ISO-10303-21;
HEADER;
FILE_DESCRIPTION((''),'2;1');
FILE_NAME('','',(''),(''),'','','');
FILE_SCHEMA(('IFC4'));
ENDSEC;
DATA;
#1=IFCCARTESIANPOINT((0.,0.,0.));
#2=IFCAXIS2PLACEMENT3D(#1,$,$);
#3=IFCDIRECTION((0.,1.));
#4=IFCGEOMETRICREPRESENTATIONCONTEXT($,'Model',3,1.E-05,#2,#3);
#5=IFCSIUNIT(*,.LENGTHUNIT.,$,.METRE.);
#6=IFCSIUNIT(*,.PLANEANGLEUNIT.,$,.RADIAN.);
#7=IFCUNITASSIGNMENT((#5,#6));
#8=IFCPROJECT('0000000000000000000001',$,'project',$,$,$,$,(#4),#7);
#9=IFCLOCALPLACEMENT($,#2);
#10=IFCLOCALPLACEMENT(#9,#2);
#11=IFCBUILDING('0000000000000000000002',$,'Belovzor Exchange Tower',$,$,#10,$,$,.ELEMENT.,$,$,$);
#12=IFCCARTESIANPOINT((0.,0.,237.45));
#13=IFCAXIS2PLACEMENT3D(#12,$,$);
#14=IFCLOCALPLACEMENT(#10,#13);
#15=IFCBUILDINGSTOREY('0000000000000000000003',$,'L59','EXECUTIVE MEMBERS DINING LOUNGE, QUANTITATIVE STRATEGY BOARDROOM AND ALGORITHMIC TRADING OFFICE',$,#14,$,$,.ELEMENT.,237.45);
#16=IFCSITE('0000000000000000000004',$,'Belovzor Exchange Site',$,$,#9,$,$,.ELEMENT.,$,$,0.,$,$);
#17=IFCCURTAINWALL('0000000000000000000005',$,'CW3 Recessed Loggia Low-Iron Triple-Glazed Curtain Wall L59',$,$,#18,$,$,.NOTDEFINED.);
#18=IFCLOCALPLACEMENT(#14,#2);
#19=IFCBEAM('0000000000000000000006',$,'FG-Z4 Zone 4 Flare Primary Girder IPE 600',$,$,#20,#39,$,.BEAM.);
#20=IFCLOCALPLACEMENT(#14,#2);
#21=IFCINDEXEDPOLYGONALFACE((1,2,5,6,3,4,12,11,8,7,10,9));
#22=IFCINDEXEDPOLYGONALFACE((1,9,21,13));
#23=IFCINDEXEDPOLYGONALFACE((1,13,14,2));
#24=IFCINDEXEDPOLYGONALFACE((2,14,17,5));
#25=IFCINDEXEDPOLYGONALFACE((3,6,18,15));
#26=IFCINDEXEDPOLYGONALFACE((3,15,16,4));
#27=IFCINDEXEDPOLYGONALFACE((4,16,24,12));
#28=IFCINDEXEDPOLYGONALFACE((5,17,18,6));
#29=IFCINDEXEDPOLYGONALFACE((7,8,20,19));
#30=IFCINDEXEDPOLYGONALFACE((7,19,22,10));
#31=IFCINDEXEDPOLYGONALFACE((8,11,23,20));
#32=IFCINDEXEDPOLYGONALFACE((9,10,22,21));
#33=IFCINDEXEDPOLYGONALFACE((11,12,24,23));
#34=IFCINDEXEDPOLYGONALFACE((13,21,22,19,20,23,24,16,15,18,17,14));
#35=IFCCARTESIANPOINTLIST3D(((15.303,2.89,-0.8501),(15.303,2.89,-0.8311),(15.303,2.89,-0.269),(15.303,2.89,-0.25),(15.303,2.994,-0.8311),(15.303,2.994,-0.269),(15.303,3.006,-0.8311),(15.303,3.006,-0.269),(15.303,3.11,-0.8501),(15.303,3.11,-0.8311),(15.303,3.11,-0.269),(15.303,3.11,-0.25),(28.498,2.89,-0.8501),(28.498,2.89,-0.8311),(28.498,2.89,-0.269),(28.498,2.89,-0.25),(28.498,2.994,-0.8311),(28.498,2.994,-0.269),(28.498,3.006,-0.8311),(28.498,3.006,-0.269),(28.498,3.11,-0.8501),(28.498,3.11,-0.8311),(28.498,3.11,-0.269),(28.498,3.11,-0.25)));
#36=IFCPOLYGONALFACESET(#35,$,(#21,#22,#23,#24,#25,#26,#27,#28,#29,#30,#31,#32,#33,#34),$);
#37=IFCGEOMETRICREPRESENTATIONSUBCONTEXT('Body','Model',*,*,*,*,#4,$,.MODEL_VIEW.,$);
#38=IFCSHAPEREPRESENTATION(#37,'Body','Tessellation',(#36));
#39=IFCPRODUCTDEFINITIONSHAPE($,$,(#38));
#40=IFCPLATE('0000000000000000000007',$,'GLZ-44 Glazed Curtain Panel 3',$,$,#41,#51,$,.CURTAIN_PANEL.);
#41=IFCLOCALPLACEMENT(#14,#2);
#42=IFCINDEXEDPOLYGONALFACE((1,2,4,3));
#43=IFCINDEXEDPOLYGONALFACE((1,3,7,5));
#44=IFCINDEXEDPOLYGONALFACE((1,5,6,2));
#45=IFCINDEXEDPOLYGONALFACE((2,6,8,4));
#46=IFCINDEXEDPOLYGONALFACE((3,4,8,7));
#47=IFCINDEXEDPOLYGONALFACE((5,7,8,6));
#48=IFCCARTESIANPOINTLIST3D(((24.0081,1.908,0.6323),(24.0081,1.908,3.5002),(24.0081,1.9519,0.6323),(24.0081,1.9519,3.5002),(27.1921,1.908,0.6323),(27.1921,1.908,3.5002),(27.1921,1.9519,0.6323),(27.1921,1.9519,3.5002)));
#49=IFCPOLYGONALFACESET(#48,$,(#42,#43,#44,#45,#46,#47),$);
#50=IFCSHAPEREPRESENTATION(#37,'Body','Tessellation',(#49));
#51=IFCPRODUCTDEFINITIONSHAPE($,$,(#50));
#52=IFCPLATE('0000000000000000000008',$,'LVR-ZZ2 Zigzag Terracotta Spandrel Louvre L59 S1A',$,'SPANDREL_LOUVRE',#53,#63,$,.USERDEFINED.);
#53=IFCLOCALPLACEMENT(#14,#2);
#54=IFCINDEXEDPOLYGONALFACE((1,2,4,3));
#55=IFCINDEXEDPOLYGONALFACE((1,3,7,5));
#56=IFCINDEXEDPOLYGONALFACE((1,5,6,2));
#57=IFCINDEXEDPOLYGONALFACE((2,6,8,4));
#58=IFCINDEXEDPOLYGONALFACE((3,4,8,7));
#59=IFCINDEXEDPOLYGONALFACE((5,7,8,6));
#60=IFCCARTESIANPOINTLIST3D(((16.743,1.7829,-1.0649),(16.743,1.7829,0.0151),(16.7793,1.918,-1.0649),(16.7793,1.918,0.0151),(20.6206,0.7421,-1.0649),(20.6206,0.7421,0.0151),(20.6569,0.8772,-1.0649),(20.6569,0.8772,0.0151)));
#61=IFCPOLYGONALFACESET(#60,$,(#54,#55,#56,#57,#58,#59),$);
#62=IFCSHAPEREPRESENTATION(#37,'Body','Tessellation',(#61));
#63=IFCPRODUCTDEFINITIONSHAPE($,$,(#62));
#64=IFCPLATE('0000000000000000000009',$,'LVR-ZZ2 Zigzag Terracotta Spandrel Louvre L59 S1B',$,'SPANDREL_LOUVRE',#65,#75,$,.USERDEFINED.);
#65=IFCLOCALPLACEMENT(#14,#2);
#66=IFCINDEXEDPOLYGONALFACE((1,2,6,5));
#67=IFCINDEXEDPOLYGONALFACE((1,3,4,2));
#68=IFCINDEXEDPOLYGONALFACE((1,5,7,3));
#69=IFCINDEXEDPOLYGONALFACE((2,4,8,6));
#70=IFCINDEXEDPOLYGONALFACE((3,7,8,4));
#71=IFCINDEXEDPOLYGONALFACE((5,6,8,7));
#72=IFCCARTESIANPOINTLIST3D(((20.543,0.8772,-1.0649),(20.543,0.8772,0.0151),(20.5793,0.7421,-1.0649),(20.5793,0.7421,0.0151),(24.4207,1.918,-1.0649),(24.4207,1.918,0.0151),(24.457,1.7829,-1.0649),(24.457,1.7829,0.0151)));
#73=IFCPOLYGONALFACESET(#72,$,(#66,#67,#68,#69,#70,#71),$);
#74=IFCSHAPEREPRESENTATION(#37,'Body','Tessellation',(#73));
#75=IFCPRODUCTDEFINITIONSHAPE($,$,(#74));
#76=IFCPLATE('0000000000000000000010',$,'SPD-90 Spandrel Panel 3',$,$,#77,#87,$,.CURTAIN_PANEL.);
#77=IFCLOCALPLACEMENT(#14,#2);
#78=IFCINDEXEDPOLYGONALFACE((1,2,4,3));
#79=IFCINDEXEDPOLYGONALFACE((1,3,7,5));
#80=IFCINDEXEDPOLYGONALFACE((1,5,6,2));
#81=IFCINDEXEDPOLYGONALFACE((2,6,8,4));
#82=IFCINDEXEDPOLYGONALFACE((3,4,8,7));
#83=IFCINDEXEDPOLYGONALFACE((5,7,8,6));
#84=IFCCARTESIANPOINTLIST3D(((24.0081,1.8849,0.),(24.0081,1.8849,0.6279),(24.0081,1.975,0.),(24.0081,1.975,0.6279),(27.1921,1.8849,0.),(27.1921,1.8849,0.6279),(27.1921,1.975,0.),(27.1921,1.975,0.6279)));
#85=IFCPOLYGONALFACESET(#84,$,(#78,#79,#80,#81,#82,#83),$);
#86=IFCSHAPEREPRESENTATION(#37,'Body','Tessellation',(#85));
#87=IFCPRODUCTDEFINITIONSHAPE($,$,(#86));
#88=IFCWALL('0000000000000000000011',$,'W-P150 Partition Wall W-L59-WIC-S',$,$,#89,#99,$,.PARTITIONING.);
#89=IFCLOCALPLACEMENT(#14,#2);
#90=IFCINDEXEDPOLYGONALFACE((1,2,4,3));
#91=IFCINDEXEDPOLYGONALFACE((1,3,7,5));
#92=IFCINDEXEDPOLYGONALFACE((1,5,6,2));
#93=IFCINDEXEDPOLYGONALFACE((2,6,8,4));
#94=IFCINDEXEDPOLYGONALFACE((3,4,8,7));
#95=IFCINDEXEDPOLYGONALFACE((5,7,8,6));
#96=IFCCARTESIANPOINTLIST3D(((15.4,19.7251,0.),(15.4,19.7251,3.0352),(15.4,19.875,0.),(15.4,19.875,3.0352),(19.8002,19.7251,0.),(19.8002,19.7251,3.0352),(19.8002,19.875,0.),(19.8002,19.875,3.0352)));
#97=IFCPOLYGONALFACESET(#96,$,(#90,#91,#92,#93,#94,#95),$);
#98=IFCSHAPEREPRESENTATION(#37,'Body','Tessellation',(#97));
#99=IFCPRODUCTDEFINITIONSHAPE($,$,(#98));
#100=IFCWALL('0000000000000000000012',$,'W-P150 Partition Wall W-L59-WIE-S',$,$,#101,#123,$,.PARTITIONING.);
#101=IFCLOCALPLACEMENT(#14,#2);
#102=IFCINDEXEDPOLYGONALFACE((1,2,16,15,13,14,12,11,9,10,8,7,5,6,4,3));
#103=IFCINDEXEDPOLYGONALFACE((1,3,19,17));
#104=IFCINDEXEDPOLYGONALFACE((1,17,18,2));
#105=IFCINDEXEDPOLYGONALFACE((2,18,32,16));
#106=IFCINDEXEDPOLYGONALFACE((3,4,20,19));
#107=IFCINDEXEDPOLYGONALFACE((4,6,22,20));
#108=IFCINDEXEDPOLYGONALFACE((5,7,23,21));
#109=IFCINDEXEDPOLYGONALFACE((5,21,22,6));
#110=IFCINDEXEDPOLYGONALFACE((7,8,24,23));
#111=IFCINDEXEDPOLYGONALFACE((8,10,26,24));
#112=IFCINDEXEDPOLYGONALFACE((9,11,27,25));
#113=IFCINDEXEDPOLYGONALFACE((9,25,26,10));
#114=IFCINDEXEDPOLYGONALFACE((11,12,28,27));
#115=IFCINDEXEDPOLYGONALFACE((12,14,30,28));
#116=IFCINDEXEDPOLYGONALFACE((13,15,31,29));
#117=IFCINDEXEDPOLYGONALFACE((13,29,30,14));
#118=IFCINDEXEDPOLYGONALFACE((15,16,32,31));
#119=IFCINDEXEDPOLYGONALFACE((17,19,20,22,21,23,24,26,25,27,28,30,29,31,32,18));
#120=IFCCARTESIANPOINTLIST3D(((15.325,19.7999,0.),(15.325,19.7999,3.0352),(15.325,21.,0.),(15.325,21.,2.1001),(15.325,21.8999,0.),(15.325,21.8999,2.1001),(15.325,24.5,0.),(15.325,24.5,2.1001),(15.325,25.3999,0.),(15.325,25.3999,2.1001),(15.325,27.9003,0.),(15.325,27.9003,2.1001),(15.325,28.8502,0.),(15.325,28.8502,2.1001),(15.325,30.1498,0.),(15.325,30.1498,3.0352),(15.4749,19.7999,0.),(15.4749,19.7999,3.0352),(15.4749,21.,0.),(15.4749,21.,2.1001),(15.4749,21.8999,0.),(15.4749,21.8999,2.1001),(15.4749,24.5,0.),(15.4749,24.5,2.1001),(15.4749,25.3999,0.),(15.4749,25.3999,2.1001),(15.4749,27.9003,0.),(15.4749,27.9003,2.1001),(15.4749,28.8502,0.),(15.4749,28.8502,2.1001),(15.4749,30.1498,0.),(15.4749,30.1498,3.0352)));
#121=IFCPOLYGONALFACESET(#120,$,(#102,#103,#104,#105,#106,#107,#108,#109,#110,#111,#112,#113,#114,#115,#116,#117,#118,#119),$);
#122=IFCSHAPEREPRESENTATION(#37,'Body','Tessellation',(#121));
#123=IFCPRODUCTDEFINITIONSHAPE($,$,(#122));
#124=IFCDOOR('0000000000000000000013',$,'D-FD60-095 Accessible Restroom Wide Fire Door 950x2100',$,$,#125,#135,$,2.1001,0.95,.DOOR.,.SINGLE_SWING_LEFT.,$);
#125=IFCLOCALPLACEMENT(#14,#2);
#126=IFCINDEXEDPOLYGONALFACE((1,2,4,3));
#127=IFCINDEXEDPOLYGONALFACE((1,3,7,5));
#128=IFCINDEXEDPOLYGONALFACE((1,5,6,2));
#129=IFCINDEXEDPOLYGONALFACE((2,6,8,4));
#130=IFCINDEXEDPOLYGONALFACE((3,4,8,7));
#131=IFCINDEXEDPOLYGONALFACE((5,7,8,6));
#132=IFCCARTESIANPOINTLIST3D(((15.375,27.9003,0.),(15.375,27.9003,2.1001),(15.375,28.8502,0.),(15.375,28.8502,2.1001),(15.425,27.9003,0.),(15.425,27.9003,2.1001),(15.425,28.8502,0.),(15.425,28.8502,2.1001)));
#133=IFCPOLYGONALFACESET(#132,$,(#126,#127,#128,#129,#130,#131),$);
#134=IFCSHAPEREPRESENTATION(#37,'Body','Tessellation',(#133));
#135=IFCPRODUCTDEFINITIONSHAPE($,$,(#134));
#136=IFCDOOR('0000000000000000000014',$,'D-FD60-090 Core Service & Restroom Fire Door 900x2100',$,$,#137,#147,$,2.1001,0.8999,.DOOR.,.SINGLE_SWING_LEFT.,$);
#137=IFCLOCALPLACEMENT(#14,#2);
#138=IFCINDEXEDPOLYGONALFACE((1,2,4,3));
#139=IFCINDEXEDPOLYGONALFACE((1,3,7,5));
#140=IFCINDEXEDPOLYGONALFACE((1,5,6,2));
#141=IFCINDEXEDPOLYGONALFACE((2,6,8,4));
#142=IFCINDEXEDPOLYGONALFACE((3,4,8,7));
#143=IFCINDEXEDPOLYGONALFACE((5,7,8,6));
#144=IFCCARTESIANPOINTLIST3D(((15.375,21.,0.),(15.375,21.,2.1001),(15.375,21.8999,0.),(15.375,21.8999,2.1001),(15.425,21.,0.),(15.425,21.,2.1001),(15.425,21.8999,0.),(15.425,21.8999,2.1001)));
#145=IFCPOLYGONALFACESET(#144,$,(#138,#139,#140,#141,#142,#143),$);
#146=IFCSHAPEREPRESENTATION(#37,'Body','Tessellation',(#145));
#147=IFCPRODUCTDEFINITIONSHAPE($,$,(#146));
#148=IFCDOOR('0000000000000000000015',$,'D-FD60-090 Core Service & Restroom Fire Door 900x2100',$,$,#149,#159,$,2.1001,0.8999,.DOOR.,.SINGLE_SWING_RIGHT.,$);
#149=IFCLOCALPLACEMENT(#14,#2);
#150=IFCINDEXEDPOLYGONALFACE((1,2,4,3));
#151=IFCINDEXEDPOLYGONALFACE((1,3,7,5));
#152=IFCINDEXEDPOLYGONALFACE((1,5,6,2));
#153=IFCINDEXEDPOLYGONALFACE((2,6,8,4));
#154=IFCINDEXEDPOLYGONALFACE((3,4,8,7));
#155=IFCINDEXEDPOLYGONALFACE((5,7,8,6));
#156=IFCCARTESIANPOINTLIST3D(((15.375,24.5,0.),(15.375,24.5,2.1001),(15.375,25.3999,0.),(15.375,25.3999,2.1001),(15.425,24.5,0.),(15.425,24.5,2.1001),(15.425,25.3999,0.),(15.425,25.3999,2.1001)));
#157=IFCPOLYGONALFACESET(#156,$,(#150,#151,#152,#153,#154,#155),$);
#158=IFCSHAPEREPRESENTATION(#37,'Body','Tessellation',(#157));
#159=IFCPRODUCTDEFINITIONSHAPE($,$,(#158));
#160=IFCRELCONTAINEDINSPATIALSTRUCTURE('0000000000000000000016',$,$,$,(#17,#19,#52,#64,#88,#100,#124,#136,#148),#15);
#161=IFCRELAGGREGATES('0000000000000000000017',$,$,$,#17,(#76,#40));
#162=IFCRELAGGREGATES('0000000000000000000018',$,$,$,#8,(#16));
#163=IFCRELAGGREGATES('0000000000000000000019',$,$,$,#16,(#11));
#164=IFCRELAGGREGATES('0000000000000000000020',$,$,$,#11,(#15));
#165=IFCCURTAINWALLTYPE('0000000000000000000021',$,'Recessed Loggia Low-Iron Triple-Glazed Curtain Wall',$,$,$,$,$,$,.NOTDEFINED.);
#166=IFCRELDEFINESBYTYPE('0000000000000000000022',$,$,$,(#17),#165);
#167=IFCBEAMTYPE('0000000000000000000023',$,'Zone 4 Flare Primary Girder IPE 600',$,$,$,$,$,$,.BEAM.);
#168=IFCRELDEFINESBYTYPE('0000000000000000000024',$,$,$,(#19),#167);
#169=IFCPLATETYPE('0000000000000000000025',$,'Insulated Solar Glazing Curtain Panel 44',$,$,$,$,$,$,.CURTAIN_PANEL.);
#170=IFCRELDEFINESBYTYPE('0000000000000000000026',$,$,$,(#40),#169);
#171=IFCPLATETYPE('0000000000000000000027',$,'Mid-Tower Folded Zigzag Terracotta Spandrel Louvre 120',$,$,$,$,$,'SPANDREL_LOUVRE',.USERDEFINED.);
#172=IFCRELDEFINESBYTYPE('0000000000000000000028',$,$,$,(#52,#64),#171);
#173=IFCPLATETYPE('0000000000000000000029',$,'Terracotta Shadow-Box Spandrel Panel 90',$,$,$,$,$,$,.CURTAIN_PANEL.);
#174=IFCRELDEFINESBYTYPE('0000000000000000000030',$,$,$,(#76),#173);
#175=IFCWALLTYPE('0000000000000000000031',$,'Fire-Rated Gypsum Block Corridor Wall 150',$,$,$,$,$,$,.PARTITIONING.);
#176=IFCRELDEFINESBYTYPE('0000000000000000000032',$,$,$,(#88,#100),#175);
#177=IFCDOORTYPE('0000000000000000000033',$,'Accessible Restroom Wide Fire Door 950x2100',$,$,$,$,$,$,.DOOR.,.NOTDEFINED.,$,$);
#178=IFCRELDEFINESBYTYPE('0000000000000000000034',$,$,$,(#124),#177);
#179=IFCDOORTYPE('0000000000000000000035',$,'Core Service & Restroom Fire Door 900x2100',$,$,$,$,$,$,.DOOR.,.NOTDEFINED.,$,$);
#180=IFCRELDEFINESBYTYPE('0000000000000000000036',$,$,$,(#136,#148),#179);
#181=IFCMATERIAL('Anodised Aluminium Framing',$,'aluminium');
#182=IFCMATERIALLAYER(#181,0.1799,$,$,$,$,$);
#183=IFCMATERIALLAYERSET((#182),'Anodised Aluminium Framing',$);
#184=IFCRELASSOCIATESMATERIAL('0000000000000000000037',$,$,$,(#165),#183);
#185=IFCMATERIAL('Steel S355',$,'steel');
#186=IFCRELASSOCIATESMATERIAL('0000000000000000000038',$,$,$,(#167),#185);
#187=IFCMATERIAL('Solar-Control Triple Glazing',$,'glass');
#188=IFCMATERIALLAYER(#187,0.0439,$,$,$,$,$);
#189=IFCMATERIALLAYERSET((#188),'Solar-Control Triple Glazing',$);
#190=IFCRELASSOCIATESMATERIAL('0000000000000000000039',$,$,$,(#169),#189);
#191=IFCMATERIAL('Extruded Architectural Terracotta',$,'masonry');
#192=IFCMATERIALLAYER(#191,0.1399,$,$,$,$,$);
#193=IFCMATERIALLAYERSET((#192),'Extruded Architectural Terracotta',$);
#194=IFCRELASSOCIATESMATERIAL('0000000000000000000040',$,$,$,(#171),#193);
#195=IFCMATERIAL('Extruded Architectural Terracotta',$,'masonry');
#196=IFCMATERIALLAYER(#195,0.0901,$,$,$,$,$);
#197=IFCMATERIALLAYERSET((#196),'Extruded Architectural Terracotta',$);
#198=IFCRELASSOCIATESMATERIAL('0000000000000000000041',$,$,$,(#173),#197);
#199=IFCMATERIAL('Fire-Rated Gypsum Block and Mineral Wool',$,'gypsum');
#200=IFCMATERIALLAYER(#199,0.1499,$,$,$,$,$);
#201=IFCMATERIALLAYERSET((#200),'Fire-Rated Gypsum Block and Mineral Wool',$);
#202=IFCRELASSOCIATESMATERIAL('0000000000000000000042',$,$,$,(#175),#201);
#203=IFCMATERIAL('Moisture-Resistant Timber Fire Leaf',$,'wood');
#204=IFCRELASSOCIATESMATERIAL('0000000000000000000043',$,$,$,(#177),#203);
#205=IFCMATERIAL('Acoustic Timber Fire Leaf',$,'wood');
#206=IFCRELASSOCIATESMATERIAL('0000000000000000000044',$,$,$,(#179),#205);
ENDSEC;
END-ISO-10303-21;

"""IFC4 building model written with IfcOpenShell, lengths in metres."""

from ifc_helpers import new_model, si_unit, direction, frame, frame_2d, origin, origin_2d, place, context, subcontext, project, spatial, rectangle, i_section, extrude, material, layer, layer_set, material_profile, profile_set, type_object, element, fill, aggregate, save


model = new_model("IFC4")

# Units and contexts
model_context = context("Model", 3, precision=1e-05, world=origin(), true_north=direction((0.0, 1.0)))
body_context = subcontext(model_context, "Body", "Model", "MODEL_VIEW")
ifc_project = project(units=[si_unit("LENGTHUNIT", "METRE"), si_unit("PLANEANGLEUNIT", "RADIAN")], contexts=[model_context])

# Site, building, storey
site_placement = place(None, origin())
site = spatial("IfcSite", under=ifc_project, at=site_placement, Name="Belovzor Exchange Site", CompositionType="ELEMENT", RefElevation=0.0)
building_placement = place(site_placement, origin())
building = spatial("IfcBuilding", under=site, at=building_placement, Name="Belovzor Exchange Tower", CompositionType="ELEMENT")
storey_placement = place(building_placement, frame((0.0, 0.0, 237.45)))
storey = spatial("IfcBuildingStorey", under=building, at=storey_placement, Name="L59", Description="EXECUTIVE MEMBERS DINING LOUNGE, QUANTITATIVE STRATEGY BOARDROOM AND ALGORITHMIC TRADING OFFICE", CompositionType="ELEMENT", Elevation=237.45)

# Curtain wall
ifc_material_1 = material(Name="Anodised Aluminium Framing", Category="aluminium")
ifc_layer_1 = layer(ifc_material_1, 0.1799)
ifc_layer_set_1 = layer_set([ifc_layer_1], Name="Anodised Aluminium Framing")
curtain_wall_type = type_object("IfcCurtainWallType", Name="Recessed Loggia Low-Iron Triple-Glazed Curtain Wall", PredefinedType="NOTDEFINED", material=ifc_layer_set_1)
curtain_wall_placement = place(storey_placement, origin())
curtain_wall = element("IfcCurtainWall", 1, at=curtain_wall_placement, inside=storey, type_object=curtain_wall_type, Name="CW3 Recessed Loggia Low-Iron Triple-Glazed Curtain Wall L59", PredefinedType="NOTDEFINED")

# Beam
ifc_material_2 = material(Name="Steel S355", Category="steel")
ifc_material_profile_1 = material_profile(ifc_material_2, i_section(OverallWidth=0.22, OverallDepth=0.6001, WebThickness=0.012, FlangeThickness=0.019, at=origin_2d()))
ifc_profile_set_1 = profile_set([ifc_material_profile_1], Name="Steel S355")
beam_type_1 = type_object("IfcBeamType", Name="Zone 4 Flare Primary Girder IPE 600", PredefinedType="BEAM", material=ifc_profile_set_1)
beam_1_placement = place(storey_placement, frame((15.303, 3.0, -0.55), z_axis=(1.0, 0.0, 0.0), x_axis=(0.0, 1.0, 0.0)))
element("IfcBeam", 2, at=beam_1_placement, inside=storey, type_object=beam_type_1, Name="FG-Z4 Zone 4 Flare Primary Girder IPE 600", PredefinedType="BEAM", context=body_context, shape_type="SweptSolid", body=[
    extrude(i_section(OverallWidth=0.22, OverallDepth=0.6001, WebThickness=0.012, FlangeThickness=0.019, at=origin_2d()), origin(), (0.0, 0.0, 1.0), 13.1951),
])

# Plate
ifc_material_3 = material(Name="Solar-Control Triple Glazing", Category="glass")
ifc_layer_2 = layer(ifc_material_3, 0.0439)
ifc_layer_set_2 = layer_set([ifc_layer_2], Name="Solar-Control Triple Glazing")
plate_type_1 = type_object("IfcPlateType", Name="Insulated Solar Glazing Curtain Panel 44", PredefinedType="CURTAIN_PANEL", material=ifc_layer_set_2)
plate_1_placement = place(storey_placement, frame((25.6001, 1.9299, 0.6323), z_axis=(0.0, 0.0, 1.0), x_axis=(-1.0, 0.0, 0.0)))
plate_1 = element("IfcPlate", 3, at=plate_1_placement, type_object=plate_type_1, Name="GLZ-44 Glazed Curtain Panel 3", PredefinedType="CURTAIN_PANEL", context=body_context, shape_type="SweptSolid", body=[
    extrude(rectangle(XDim=3.1841, YDim=0.0439, at=origin_2d()), origin(), (0.0, 0.0, 1.0), 2.8679),
])

# Plates
ifc_material_4 = material(Name="Extruded Architectural Terracotta", Category="masonry")
ifc_layer_3 = layer(ifc_material_4, 0.1399)
ifc_layer_set_3 = layer_set([ifc_layer_3], Name="Extruded Architectural Terracotta")
plate_type_2 = type_object("IfcPlateType", Name="Mid-Tower Folded Zigzag Terracotta Spandrel Louvre 120", ElementType="SPANDREL_LOUVRE", PredefinedType="USERDEFINED", material=ifc_layer_set_3)
for number, where, z_axis, x_axis, name in (
    (4, (18.7, 1.3301, -1.0649), (0.0, 0.0, 1.0), (0.965813, -0.25924, 0.0), "LVR-ZZ2 Zigzag Terracotta Spandrel Louvre L59 S1A"),
    (5, (22.5, 1.3301, -1.0649), (0.0, 0.0, 1.0), (0.965813, 0.25924, 0.0), "LVR-ZZ2 Zigzag Terracotta Spandrel Louvre L59 S1B"),
):
    element("IfcPlate", number, at=place(storey_placement, frame(where, z_axis=z_axis, x_axis=x_axis)), inside=storey, type_object=plate_type_2, Name=name, ObjectType="SPANDREL_LOUVRE", PredefinedType="USERDEFINED", context=body_context, shape_type="SweptSolid", body=[
        extrude(rectangle(XDim=4.0149, YDim=0.1399, at=origin_2d()), origin(), (0.0, 0.0, 1.0), 1.0801),
    ])

# Plate
ifc_material_5 = material(Name="Extruded Architectural Terracotta", Category="masonry")
ifc_layer_4 = layer(ifc_material_5, 0.0901)
ifc_layer_set_4 = layer_set([ifc_layer_4], Name="Extruded Architectural Terracotta")
plate_type_3 = type_object("IfcPlateType", Name="Terracotta Shadow-Box Spandrel Panel 90", PredefinedType="CURTAIN_PANEL", material=ifc_layer_set_4)
plate_2_placement = place(storey_placement, frame((25.6001, 1.9299, 0.0), z_axis=(0.0, 0.0, 1.0), x_axis=(-1.0, 0.0, 0.0)))
plate_2 = element("IfcPlate", 6, at=plate_2_placement, type_object=plate_type_3, Name="SPD-90 Spandrel Panel 3", PredefinedType="CURTAIN_PANEL", context=body_context, shape_type="SweptSolid", body=[
    extrude(rectangle(XDim=3.1841, YDim=0.0901, at=origin_2d()), origin(), (0.0, 0.0, 1.0), 0.6279),
])
aggregate(curtain_wall, [plate_2, plate_1])

# Wall
ifc_material_6 = material(Name="Fire-Rated Gypsum Block and Mineral Wool", Category="gypsum")
ifc_layer_5 = layer(ifc_material_6, 0.1499)
ifc_layer_set_5 = layer_set([ifc_layer_5], Name="Fire-Rated Gypsum Block and Mineral Wool")
wall_type_1 = type_object("IfcWallType", Name="Fire-Rated Gypsum Block Corridor Wall 150", PredefinedType="PARTITIONING", material=ifc_layer_set_5)
wall_1_placement = place(storey_placement, frame((15.3999, 19.8, 0.0), z_axis=(0.0, 0.0, 1.0), x_axis=(1.0, 0.0, 0.0)))
element("IfcWall", 7, at=wall_1_placement, inside=storey, type_object=wall_type_1, Name="W-P150 Partition Wall W-L59-WIC-S", PredefinedType="PARTITIONING", context=body_context, shape_type="SweptSolid", body=[
    extrude(rectangle(XDim=4.4001, YDim=0.1499, at=frame_2d((2.2002, 0.0))), origin(), (0.0, 0.0, 1.0), 3.0352),
])

# Wall, openings, doors
wall_2_placement = place(storey_placement, frame((15.3999, 19.8, 0.0), z_axis=(0.0, 0.0, 1.0), x_axis=(0.0, 1.0, 0.0)))
wall_2 = element("IfcWall", 8, at=wall_2_placement, inside=storey, type_object=wall_type_1, Name="W-P150 Partition Wall W-L59-WIE-S", PredefinedType="PARTITIONING", context=body_context, shape_type="SweptSolid", body=[
    extrude(rectangle(XDim=10.3499, YDim=0.1499, at=frame_2d((5.1748, 0.0))), origin(), (0.0, 0.0, 1.0), 3.0352),
])
opening_1_placement = place(wall_2_placement, frame((1.2, 0.0, 0.0)))
opening_1 = element("IfcOpeningElement", 9, at=opening_1_placement, cuts=wall_2, PredefinedType="OPENING", context=body_context, shape_type="SweptSolid", body=[
    extrude(rectangle(XDim=0.8999, YDim=2.1001, at=frame_2d((0.45, 1.05))), frame((0.0, 0.085, 0.0), z_axis=(0.0, -1.0, 0.0), x_axis=(1.0, 0.0, 0.0)), (0.0, 0.0, 1.0), 0.1699),
])
opening_2_placement = place(wall_2_placement, frame((4.7, 0.0, 0.0)))
opening_2 = element("IfcOpeningElement", 10, at=opening_2_placement, cuts=wall_2, PredefinedType="OPENING", context=body_context, shape_type="SweptSolid", body=[
    extrude(rectangle(XDim=0.8999, YDim=2.1001, at=frame_2d((0.45, 1.05))), frame((0.0, 0.085, 0.0), z_axis=(0.0, -1.0, 0.0), x_axis=(1.0, 0.0, 0.0)), (0.0, 0.0, 1.0), 0.1699),
])
opening_3_placement = place(wall_2_placement, frame((8.1001, 0.0, 0.0)))
opening_3 = element("IfcOpeningElement", 11, at=opening_3_placement, cuts=wall_2, PredefinedType="OPENING", context=body_context, shape_type="SweptSolid", body=[
    extrude(rectangle(XDim=0.95, YDim=2.1001, at=frame_2d((0.4751, 1.05))), frame((0.0, 0.085, 0.0), z_axis=(0.0, -1.0, 0.0), x_axis=(1.0, 0.0, 0.0)), (0.0, 0.0, 1.0), 0.1699),
])
ifc_material_7 = material(Name="Moisture-Resistant Timber Fire Leaf", Category="wood")
door_type_1 = type_object("IfcDoorType", Name="Accessible Restroom Wide Fire Door 950x2100", OperationType="NOTDEFINED", PredefinedType="DOOR", material=ifc_material_7)
door_1_placement = place(opening_3_placement, origin())
door_1 = element("IfcDoor", 12, at=door_1_placement, inside=storey, type_object=door_type_1, Name="D-FD60-095 Accessible Restroom Wide Fire Door 950x2100", OperationType="SINGLE_SWING_LEFT", OverallHeight=2.1001, OverallWidth=0.95, PredefinedType="DOOR", context=body_context, shape_type="SweptSolid", body=[
    extrude(rectangle(XDim=0.95, YDim=2.1001, at=frame_2d((0.4751, 1.05))), frame((0.0, 0.0249, 0.0), z_axis=(0.0, -1.0, 0.0), x_axis=(1.0, 0.0, 0.0)), (0.0, 0.0, 1.0), 0.05),
])
fill(opening_3, door_1)
ifc_material_8 = material(Name="Acoustic Timber Fire Leaf", Category="wood")
door_type_2 = type_object("IfcDoorType", Name="Core Service & Restroom Fire Door 900x2100", OperationType="NOTDEFINED", PredefinedType="DOOR", material=ifc_material_8)
door_2_placement = place(opening_1_placement, origin())
door_2 = element("IfcDoor", 13, at=door_2_placement, inside=storey, type_object=door_type_2, Name="D-FD60-090 Core Service & Restroom Fire Door 900x2100", OperationType="SINGLE_SWING_LEFT", OverallHeight=2.1001, OverallWidth=0.8999, PredefinedType="DOOR", context=body_context, shape_type="SweptSolid", body=[
    extrude(rectangle(XDim=0.8999, YDim=2.1001, at=frame_2d((0.45, 1.05))), frame((0.0, 0.0249, 0.0), z_axis=(0.0, -1.0, 0.0), x_axis=(1.0, 0.0, 0.0)), (0.0, 0.0, 1.0), 0.05),
])
fill(opening_1, door_2)
door_3_placement = place(opening_2_placement, origin())
door_3 = element("IfcDoor", 14, at=door_3_placement, inside=storey, type_object=door_type_2, Name="D-FD60-090 Core Service & Restroom Fire Door 900x2100", OperationType="SINGLE_SWING_RIGHT", OverallHeight=2.1001, OverallWidth=0.8999, PredefinedType="DOOR", context=body_context, shape_type="SweptSolid", body=[
    extrude(rectangle(XDim=0.8999, YDim=2.1001, at=frame_2d((0.45, 1.05))), frame((0.0, 0.0249, 0.0), z_axis=(0.0, -1.0, 0.0), x_axis=(1.0, 0.0, 0.0)), (0.0, 0.0, 1.0), 0.05),
])
fill(opening_2, door_3)

save(model, "model.ifc")
